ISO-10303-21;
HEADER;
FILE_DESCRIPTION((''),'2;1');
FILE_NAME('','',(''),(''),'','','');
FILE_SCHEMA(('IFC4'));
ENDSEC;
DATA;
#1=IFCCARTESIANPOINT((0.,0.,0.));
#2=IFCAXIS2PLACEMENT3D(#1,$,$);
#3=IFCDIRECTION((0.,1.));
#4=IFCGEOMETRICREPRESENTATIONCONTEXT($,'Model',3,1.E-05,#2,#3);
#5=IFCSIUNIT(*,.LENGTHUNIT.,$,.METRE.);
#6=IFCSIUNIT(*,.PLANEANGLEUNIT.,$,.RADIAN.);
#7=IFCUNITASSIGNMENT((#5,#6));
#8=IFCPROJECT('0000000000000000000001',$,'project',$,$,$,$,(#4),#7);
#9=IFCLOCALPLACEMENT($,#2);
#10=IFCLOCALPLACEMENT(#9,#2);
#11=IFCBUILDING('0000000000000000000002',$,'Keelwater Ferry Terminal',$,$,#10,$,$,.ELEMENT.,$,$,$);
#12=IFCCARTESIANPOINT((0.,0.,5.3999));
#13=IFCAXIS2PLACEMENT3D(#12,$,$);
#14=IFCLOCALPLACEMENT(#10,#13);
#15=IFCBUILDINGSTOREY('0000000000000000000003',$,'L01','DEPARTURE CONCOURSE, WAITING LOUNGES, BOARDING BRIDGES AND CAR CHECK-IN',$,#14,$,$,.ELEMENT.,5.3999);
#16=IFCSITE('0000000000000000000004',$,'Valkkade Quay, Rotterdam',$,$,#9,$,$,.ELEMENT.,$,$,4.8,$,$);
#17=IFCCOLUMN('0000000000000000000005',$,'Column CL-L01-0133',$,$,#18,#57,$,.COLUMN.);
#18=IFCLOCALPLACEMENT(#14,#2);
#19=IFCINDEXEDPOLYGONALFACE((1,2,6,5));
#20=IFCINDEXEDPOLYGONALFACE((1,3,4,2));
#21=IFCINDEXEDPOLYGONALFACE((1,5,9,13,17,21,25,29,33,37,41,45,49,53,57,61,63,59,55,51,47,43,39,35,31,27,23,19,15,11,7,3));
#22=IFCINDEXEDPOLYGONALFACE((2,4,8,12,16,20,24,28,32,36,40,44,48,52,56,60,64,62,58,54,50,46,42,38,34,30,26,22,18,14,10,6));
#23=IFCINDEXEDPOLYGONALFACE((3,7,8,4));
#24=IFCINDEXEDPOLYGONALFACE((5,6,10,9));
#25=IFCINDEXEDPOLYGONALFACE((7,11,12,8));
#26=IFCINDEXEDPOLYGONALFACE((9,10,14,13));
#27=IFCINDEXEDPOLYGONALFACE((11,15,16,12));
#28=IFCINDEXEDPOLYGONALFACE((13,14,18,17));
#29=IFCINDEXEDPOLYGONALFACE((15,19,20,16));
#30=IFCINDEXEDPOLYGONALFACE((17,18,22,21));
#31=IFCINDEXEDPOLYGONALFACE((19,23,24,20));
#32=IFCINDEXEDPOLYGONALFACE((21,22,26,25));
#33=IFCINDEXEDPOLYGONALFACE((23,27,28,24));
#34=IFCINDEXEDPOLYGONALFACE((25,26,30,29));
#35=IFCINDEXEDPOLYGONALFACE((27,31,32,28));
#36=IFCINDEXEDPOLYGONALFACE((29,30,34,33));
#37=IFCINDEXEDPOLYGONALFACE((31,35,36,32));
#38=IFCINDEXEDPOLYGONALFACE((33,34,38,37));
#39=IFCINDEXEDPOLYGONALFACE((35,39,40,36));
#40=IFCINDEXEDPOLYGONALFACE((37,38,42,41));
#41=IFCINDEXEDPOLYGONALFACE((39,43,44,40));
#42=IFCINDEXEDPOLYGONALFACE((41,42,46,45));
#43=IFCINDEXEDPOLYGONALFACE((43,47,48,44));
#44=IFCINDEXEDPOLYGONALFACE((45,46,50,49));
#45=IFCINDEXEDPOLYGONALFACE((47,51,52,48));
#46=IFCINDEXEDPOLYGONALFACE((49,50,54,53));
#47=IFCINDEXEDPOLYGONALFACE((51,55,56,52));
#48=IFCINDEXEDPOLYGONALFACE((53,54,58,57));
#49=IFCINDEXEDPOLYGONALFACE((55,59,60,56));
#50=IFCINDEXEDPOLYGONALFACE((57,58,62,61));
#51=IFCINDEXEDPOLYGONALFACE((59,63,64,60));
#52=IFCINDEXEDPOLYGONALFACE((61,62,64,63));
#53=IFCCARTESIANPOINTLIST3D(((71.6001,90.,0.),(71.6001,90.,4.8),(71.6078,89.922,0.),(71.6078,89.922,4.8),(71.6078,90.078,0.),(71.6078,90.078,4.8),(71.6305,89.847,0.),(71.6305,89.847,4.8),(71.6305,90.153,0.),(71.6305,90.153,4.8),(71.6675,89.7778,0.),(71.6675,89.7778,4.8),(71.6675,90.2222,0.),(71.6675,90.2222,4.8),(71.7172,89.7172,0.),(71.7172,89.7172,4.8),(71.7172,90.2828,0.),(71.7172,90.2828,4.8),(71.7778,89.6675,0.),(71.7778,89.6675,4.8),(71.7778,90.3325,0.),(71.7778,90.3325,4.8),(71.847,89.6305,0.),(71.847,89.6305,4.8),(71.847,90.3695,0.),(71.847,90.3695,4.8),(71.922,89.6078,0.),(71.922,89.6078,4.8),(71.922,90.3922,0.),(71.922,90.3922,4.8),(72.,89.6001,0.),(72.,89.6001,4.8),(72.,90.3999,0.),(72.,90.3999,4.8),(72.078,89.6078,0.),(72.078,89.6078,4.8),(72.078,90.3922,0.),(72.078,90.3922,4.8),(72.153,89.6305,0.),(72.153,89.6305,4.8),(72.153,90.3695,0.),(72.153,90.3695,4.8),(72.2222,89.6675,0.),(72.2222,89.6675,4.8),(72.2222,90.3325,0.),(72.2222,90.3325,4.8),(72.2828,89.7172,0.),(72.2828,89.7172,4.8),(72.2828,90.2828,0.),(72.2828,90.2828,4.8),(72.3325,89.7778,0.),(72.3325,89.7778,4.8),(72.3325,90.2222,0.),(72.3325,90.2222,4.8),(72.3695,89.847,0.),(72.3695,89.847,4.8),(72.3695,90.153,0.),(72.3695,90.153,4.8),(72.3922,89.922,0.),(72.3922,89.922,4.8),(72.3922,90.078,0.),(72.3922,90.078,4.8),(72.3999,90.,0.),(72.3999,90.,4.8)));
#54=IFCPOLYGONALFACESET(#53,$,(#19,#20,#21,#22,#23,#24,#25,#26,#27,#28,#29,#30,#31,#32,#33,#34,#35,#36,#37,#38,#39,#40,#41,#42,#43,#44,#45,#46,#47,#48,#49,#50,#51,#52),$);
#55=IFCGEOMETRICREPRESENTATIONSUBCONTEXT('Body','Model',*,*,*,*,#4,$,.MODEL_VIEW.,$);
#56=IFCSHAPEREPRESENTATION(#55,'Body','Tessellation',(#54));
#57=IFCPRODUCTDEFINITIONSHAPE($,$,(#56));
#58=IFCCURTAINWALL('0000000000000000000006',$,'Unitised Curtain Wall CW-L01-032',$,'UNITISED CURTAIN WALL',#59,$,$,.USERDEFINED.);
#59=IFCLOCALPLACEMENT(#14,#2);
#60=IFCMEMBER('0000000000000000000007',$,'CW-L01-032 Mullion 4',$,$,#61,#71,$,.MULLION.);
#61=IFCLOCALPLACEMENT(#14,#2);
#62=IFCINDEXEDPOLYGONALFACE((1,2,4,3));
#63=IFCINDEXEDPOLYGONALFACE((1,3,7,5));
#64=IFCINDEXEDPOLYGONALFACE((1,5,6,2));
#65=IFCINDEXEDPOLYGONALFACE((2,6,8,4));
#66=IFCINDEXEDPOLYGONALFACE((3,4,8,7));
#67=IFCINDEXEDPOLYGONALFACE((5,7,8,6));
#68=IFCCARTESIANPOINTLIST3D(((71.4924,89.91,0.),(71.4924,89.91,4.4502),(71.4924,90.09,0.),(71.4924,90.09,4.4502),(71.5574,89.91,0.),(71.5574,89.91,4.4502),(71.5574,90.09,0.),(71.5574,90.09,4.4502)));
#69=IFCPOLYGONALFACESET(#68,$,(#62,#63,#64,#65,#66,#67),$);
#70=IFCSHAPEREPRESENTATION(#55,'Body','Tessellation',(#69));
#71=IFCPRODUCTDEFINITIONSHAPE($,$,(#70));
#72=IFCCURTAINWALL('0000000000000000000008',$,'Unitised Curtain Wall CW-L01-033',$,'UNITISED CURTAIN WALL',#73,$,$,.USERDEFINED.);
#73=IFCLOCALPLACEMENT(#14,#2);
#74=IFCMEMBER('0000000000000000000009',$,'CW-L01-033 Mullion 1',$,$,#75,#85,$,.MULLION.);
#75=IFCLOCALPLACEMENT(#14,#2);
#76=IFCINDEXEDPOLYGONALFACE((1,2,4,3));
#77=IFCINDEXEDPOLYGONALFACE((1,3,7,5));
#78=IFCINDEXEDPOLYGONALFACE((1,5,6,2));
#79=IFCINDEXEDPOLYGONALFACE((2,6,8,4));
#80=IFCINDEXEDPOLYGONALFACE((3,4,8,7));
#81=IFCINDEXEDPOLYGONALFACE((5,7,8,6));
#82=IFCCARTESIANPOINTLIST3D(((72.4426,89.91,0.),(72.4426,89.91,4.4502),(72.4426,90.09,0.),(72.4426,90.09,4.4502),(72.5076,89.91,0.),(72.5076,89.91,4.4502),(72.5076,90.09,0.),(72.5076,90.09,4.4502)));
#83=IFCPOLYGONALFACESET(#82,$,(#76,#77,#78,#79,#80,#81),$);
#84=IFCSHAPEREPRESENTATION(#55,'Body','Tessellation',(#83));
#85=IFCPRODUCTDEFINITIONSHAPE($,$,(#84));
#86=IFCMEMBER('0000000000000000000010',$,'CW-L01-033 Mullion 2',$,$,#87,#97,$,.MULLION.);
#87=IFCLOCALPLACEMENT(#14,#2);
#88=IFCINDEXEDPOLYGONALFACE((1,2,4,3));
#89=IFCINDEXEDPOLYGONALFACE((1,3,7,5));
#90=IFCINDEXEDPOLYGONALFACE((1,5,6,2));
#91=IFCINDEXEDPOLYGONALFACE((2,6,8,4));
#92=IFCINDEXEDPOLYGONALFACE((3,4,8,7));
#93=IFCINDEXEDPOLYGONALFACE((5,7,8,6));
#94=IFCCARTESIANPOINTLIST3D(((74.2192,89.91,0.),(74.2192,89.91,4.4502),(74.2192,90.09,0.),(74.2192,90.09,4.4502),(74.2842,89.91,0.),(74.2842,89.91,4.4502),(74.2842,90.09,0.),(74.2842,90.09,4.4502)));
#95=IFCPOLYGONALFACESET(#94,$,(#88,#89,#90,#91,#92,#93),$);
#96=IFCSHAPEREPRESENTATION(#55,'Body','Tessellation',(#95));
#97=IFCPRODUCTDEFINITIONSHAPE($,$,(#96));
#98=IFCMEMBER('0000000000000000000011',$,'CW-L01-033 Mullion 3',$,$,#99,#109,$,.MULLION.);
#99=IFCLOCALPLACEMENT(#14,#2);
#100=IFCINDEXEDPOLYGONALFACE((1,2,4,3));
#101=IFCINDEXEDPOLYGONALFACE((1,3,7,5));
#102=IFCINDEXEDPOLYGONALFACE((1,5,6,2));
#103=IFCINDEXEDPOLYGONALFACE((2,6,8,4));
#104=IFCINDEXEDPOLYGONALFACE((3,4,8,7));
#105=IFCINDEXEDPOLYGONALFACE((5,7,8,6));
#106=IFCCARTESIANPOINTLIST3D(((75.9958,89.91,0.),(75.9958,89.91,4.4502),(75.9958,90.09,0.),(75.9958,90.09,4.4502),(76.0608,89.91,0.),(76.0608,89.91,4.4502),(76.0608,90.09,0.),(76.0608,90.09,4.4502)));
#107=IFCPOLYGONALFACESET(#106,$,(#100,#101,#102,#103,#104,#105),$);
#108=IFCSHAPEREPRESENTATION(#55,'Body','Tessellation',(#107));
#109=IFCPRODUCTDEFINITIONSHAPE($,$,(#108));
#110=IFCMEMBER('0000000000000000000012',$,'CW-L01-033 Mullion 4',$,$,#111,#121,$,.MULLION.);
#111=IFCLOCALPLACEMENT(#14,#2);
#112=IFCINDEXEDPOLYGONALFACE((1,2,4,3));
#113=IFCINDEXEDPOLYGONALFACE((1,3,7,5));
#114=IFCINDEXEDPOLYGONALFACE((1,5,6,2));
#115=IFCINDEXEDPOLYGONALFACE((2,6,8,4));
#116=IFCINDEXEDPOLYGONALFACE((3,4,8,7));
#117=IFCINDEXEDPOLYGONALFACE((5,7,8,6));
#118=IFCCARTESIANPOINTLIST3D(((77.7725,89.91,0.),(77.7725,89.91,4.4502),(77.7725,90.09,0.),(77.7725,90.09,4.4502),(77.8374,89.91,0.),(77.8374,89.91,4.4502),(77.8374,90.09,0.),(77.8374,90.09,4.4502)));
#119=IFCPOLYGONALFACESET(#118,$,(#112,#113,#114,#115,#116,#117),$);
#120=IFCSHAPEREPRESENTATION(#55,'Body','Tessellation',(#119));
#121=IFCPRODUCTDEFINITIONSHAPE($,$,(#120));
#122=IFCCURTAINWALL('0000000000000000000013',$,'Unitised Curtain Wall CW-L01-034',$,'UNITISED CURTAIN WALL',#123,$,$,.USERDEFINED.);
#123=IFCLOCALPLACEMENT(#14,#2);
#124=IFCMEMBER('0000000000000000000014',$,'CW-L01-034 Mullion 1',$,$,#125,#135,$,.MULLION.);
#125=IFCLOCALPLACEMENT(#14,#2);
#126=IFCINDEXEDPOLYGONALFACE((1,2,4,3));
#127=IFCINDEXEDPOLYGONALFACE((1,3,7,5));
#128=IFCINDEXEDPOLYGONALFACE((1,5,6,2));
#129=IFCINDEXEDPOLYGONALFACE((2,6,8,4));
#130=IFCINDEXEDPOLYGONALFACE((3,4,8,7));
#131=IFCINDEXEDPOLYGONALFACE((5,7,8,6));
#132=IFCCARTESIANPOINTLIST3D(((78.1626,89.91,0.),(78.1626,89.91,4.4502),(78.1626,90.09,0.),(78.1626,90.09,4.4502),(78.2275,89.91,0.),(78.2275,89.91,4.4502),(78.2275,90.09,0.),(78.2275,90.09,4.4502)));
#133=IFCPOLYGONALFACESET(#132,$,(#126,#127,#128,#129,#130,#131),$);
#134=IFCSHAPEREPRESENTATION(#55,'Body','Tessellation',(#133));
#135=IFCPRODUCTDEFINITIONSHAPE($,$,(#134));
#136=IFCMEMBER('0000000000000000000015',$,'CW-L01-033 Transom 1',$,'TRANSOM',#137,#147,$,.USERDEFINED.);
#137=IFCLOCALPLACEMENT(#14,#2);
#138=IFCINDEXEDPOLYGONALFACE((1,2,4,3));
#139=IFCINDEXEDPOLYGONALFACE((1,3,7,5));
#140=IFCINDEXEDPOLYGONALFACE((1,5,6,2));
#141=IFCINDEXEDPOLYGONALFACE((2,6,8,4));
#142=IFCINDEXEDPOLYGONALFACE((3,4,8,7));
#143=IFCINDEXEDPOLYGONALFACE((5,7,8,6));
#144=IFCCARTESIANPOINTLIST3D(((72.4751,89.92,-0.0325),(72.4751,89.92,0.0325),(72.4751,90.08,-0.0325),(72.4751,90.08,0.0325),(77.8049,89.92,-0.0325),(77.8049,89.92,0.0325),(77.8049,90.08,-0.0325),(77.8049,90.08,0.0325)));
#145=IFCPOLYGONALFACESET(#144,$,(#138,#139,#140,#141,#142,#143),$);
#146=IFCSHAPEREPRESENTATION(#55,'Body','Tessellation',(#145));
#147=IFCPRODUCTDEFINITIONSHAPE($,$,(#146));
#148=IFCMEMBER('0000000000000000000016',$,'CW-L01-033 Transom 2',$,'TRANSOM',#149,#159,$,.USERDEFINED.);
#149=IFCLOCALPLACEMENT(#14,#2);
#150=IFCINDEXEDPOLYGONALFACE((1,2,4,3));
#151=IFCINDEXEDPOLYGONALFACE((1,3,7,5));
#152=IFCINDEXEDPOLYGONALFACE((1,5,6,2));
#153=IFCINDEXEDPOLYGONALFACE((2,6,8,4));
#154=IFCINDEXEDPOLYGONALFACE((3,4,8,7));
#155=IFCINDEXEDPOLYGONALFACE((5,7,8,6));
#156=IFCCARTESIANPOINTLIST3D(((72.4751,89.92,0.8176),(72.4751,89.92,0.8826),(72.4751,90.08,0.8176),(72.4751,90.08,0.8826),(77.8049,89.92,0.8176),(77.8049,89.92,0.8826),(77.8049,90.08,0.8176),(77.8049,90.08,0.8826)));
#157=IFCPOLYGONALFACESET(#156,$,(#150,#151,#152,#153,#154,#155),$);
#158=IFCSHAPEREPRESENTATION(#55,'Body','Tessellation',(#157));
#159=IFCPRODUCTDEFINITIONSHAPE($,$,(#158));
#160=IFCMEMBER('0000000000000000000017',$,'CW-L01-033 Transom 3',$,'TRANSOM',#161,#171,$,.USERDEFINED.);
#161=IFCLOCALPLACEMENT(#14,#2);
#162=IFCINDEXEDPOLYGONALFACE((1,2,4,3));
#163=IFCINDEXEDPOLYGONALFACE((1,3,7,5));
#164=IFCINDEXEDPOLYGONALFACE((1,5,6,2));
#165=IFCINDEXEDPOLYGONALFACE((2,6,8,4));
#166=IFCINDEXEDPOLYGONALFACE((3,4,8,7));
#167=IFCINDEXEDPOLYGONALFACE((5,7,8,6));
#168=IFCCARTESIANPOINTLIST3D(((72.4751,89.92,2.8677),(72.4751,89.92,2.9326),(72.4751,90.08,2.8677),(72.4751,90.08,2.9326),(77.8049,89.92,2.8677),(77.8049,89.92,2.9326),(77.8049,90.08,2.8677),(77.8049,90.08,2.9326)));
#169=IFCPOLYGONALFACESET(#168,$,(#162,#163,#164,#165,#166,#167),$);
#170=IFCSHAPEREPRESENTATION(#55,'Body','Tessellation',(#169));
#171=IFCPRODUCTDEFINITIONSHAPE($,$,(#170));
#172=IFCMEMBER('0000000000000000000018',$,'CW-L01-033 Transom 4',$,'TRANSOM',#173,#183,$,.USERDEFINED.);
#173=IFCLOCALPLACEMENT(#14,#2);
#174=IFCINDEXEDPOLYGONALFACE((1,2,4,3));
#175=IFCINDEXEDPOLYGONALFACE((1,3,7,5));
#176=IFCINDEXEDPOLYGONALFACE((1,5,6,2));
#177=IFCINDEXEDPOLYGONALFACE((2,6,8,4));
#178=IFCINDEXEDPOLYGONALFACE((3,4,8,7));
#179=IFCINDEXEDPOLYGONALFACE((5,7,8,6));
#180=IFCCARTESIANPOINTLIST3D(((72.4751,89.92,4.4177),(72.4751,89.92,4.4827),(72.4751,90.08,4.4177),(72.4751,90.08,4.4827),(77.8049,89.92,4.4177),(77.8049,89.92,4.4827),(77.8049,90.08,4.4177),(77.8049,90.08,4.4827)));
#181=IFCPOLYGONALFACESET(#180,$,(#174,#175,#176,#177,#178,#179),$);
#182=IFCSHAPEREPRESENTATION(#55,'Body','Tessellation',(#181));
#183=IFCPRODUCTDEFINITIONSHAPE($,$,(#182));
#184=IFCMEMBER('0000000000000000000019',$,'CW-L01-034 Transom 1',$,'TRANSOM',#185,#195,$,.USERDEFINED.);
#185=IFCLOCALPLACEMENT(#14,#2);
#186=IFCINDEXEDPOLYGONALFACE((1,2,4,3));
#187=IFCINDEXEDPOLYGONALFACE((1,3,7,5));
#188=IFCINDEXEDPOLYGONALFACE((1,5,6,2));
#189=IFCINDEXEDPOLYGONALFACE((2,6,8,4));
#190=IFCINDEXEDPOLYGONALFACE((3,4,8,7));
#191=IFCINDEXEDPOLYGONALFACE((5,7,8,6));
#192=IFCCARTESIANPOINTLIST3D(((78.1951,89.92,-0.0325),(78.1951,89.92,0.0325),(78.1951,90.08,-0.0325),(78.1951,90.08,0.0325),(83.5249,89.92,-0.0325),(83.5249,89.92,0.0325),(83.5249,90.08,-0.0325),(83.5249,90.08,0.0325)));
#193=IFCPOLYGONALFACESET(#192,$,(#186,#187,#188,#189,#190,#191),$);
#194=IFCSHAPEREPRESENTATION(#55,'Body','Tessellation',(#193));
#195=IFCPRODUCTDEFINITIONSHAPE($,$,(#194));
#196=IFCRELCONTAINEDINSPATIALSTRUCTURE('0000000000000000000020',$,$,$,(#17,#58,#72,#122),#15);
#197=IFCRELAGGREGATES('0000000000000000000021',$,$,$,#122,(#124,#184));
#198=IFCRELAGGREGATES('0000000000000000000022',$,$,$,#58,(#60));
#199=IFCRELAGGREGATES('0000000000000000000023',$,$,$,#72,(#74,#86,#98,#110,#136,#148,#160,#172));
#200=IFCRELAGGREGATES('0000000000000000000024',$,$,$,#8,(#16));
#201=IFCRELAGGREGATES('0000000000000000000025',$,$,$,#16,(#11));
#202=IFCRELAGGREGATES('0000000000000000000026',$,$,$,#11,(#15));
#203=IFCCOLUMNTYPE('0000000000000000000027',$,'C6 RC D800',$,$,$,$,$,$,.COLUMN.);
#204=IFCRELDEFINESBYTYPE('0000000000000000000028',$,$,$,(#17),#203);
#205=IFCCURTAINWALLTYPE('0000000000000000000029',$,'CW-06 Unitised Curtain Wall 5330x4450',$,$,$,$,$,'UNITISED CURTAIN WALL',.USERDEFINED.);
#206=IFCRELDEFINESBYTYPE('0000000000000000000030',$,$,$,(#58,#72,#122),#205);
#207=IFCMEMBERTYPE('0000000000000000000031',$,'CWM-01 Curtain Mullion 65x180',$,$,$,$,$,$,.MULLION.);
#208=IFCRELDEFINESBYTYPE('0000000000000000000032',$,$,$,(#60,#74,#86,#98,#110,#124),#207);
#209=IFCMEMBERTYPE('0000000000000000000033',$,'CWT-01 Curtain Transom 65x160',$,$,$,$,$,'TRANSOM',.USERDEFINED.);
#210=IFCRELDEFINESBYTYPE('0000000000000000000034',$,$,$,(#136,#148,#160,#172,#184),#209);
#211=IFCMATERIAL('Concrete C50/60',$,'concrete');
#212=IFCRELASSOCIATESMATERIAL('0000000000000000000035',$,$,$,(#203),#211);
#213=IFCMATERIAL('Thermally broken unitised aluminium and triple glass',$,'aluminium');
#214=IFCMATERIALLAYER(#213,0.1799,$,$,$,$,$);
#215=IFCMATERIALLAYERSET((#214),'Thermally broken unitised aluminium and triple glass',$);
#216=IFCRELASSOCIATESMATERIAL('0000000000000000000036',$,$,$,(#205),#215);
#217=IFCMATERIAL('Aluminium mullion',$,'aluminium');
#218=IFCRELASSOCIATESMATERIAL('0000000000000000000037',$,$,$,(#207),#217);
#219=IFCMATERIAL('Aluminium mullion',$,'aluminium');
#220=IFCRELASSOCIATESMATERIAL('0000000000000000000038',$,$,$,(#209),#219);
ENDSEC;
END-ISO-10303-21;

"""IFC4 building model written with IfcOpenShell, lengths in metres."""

from ifc_helpers import new_model, si_unit, direction, frame, origin, origin_2d, place, context, subcontext, project, spatial, rectangle, circle, extrude, material, layer, layer_set, material_profile, profile_set, type_object, element, aggregate, save


model = new_model("IFC4")

# Units and contexts
model_context = context("Model", 3, precision=1e-05, world=origin(), true_north=direction((0.0, 1.0)))
body_context = subcontext(model_context, "Body", "Model", "MODEL_VIEW")
ifc_project = project(units=[si_unit("LENGTHUNIT", "METRE"), si_unit("PLANEANGLEUNIT", "RADIAN")], contexts=[model_context])

# Site, building, storey
site_placement = place(None, origin())
site = spatial("IfcSite", under=ifc_project, at=site_placement, Name="Valkkade Quay, Rotterdam", CompositionType="ELEMENT", RefElevation=4.8)
building_placement = place(site_placement, origin())
building = spatial("IfcBuilding", under=site, at=building_placement, Name="Keelwater Ferry Terminal", CompositionType="ELEMENT")
storey_placement = place(building_placement, frame((0.0, 0.0, 5.3999)))
storey = spatial("IfcBuildingStorey", under=building, at=storey_placement, Name="L01", Description="DEPARTURE CONCOURSE, WAITING LOUNGES, BOARDING BRIDGES AND CAR CHECK-IN", CompositionType="ELEMENT", Elevation=5.3999)

# Column
ifc_material_1 = material(Name="Concrete C50/60", Category="concrete")
ifc_material_profile_1 = material_profile(ifc_material_1, circle(Radius=0.3999, at=origin_2d()), Name="RC D800")
ifc_profile_set_1 = profile_set([ifc_material_profile_1], Name="Concrete C50/60")
column_type = type_object("IfcColumnType", Name="C6 RC D800", PredefinedType="COLUMN", material=ifc_profile_set_1)
column_placement = place(storey_placement, frame((72.0, 90.0, 0.0), z_axis=(0.0, 0.0, 1.0), x_axis=(1.0, 0.0, 0.0)))
element("IfcColumn", 1, at=column_placement, inside=storey, type_object=column_type, Name="Column CL-L01-0133", PredefinedType="COLUMN", context=body_context, shape_type="SweptSolid", body=[
    extrude(circle(Radius=0.3999, at=origin_2d()), origin(), (0.0, 0.0, 1.0), 4.8),
])

# Curtain wall, member
ifc_material_2 = material(Name="Thermally broken unitised aluminium and triple glass", Category="aluminium")
ifc_layer_1 = layer(ifc_material_2, 0.1799)
ifc_layer_set_1 = layer_set([ifc_layer_1], Name="Thermally broken unitised aluminium and triple glass")
curtain_wall_type = type_object("IfcCurtainWallType", Name="CW-06 Unitised Curtain Wall 5330x4450", ElementType="UNITISED CURTAIN WALL", PredefinedType="USERDEFINED", material=ifc_layer_set_1)
curtain_wall_1_placement = place(storey_placement, origin())
curtain_wall_1 = element("IfcCurtainWall", 2, at=curtain_wall_1_placement, inside=storey, type_object=curtain_wall_type, Name="Unitised Curtain Wall CW-L01-032", ObjectType="UNITISED CURTAIN WALL", PredefinedType="USERDEFINED")
ifc_material_3 = material(Name="Aluminium mullion", Category="aluminium")
ifc_material_profile_2 = material_profile(ifc_material_3, rectangle(XDim=0.0649, YDim=0.1799, at=origin_2d()), Name="CWM-01")
ifc_profile_set_2 = profile_set([ifc_material_profile_2], Name="Aluminium mullion")
member_type_1 = type_object("IfcMemberType", Name="CWM-01 Curtain Mullion 65x180", PredefinedType="MULLION", material=ifc_profile_set_2)
member_1_placement = place(storey_placement, frame((71.5249, 90.0, 0.0), z_axis=(0.0, 0.0, 1.0), x_axis=(1.0, 0.0, 0.0)))
member_1 = element("IfcMember", 3, at=member_1_placement, type_object=member_type_1, Name="CW-L01-032 Mullion 4", PredefinedType="MULLION", context=body_context, shape_type="SweptSolid", body=[
    extrude(rectangle(XDim=0.0649, YDim=0.1799, at=origin_2d()), origin(), (0.0, 0.0, 1.0), 4.4502),
])

# Curtain wall, members
curtain_wall_2_placement = place(storey_placement, origin())
curtain_wall_2 = element("IfcCurtainWall", 4, at=curtain_wall_2_placement, inside=storey, type_object=curtain_wall_type, Name="Unitised Curtain Wall CW-L01-033", ObjectType="UNITISED CURTAIN WALL", PredefinedType="USERDEFINED")
member_2_placement = place(storey_placement, frame((72.4751, 90.0, 0.0), z_axis=(0.0, 0.0, 1.0), x_axis=(1.0, 0.0, 0.0)))
member_2 = element("IfcMember", 5, at=member_2_placement, type_object=member_type_1, Name="CW-L01-033 Mullion 1", PredefinedType="MULLION", context=body_context, shape_type="SweptSolid", body=[
    extrude(rectangle(XDim=0.0649, YDim=0.1799, at=origin_2d()), origin(), (0.0, 0.0, 1.0), 4.4502),
])
member_3_placement = place(storey_placement, frame((74.2517, 90.0, 0.0), z_axis=(0.0, 0.0, 1.0), x_axis=(1.0, 0.0, 0.0)))
member_3 = element("IfcMember", 6, at=member_3_placement, type_object=member_type_1, Name="CW-L01-033 Mullion 2", PredefinedType="MULLION", context=body_context, shape_type="SweptSolid", body=[
    extrude(rectangle(XDim=0.0649, YDim=0.1799, at=origin_2d()), origin(), (0.0, 0.0, 1.0), 4.4502),
])
member_4_placement = place(storey_placement, frame((76.0283, 90.0, 0.0), z_axis=(0.0, 0.0, 1.0), x_axis=(1.0, 0.0, 0.0)))
member_4 = element("IfcMember", 7, at=member_4_placement, type_object=member_type_1, Name="CW-L01-033 Mullion 3", PredefinedType="MULLION", context=body_context, shape_type="SweptSolid", body=[
    extrude(rectangle(XDim=0.0649, YDim=0.1799, at=origin_2d()), origin(), (0.0, 0.0, 1.0), 4.4502),
])
member_5_placement = place(storey_placement, frame((77.8049, 90.0, 0.0), z_axis=(0.0, 0.0, 1.0), x_axis=(1.0, 0.0, 0.0)))
member_5 = element("IfcMember", 8, at=member_5_placement, type_object=member_type_1, Name="CW-L01-033 Mullion 4", PredefinedType="MULLION", context=body_context, shape_type="SweptSolid", body=[
    extrude(rectangle(XDim=0.0649, YDim=0.1799, at=origin_2d()), origin(), (0.0, 0.0, 1.0), 4.4502),
])

# Curtain wall, member
curtain_wall_3_placement = place(storey_placement, origin())
curtain_wall_3 = element("IfcCurtainWall", 9, at=curtain_wall_3_placement, inside=storey, type_object=curtain_wall_type, Name="Unitised Curtain Wall CW-L01-034", ObjectType="UNITISED CURTAIN WALL", PredefinedType="USERDEFINED")
member_6_placement = place(storey_placement, frame((78.1951, 90.0, 0.0), z_axis=(0.0, 0.0, 1.0), x_axis=(1.0, 0.0, 0.0)))
member_6 = element("IfcMember", 10, at=member_6_placement, type_object=member_type_1, Name="CW-L01-034 Mullion 1", PredefinedType="MULLION", context=body_context, shape_type="SweptSolid", body=[
    extrude(rectangle(XDim=0.0649, YDim=0.1799, at=origin_2d()), origin(), (0.0, 0.0, 1.0), 4.4502),
])

# Members
ifc_material_4 = material(Name="Aluminium mullion", Category="aluminium")
ifc_material_profile_3 = material_profile(ifc_material_4, rectangle(XDim=0.1599, YDim=0.0649, at=origin_2d()), Name="CWT-01")
ifc_profile_set_3 = profile_set([ifc_material_profile_3], Name="Aluminium mullion")
member_type_2 = type_object("IfcMemberType", Name="CWT-01 Curtain Transom 65x160", ElementType="TRANSOM", PredefinedType="USERDEFINED", material=ifc_profile_set_3)
member_7_placement = place(storey_placement, frame((72.4751, 90.0, 0.0), z_axis=(1.0, 0.0, 0.0), x_axis=(0.0, 1.0, 0.0)))
member_7 = element("IfcMember", 11, at=member_7_placement, type_object=member_type_2, Name="CW-L01-033 Transom 1", ObjectType="TRANSOM", PredefinedType="USERDEFINED", context=body_context, shape_type="SweptSolid", body=[
    extrude(rectangle(XDim=0.1599, YDim=0.0649, at=origin_2d()), origin(), (0.0, 0.0, 1.0), 5.3298),
])
member_8_placement = place(storey_placement, frame((72.4751, 90.0, 0.8501), z_axis=(1.0, 0.0, 0.0), x_axis=(0.0, 1.0, 0.0)))
member_8 = element("IfcMember", 12, at=member_8_placement, type_object=member_type_2, Name="CW-L01-033 Transom 2", ObjectType="TRANSOM", PredefinedType="USERDEFINED", context=body_context, shape_type="SweptSolid", body=[
    extrude(rectangle(XDim=0.1599, YDim=0.0649, at=origin_2d()), origin(), (0.0, 0.0, 1.0), 5.3298),
])
member_9_placement = place(storey_placement, frame((72.4751, 90.0, 2.9001), z_axis=(1.0, 0.0, 0.0), x_axis=(0.0, 1.0, 0.0)))
member_9 = element("IfcMember", 13, at=member_9_placement, type_object=member_type_2, Name="CW-L01-033 Transom 3", ObjectType="TRANSOM", PredefinedType="USERDEFINED", context=body_context, shape_type="SweptSolid", body=[
    extrude(rectangle(XDim=0.1599, YDim=0.0649, at=origin_2d()), origin(), (0.0, 0.0, 1.0), 5.3298),
])
member_10_placement = place(storey_placement, frame((72.4751, 90.0, 4.4502), z_axis=(1.0, 0.0, 0.0), x_axis=(0.0, 1.0, 0.0)))
member_10 = element("IfcMember", 14, at=member_10_placement, type_object=member_type_2, Name="CW-L01-033 Transom 4", ObjectType="TRANSOM", PredefinedType="USERDEFINED", context=body_context, shape_type="SweptSolid", body=[
    extrude(rectangle(XDim=0.1599, YDim=0.0649, at=origin_2d()), origin(), (0.0, 0.0, 1.0), 5.3298),
])
member_11_placement = place(storey_placement, frame((78.1951, 90.0, 0.0), z_axis=(1.0, 0.0, 0.0), x_axis=(0.0, 1.0, 0.0)))
member_11 = element("IfcMember", 15, at=member_11_placement, type_object=member_type_2, Name="CW-L01-034 Transom 1", ObjectType="TRANSOM", PredefinedType="USERDEFINED", context=body_context, shape_type="SweptSolid", body=[
    extrude(rectangle(XDim=0.1599, YDim=0.0649, at=origin_2d()), origin(), (0.0, 0.0, 1.0), 5.3298),
])

aggregate(curtain_wall_3, [member_6, member_11])
aggregate(curtain_wall_1, [member_1])
aggregate(curtain_wall_2, [member_2, member_3, member_4, member_5, member_7, member_8, member_9, member_10])

save(model, "model.ifc")
